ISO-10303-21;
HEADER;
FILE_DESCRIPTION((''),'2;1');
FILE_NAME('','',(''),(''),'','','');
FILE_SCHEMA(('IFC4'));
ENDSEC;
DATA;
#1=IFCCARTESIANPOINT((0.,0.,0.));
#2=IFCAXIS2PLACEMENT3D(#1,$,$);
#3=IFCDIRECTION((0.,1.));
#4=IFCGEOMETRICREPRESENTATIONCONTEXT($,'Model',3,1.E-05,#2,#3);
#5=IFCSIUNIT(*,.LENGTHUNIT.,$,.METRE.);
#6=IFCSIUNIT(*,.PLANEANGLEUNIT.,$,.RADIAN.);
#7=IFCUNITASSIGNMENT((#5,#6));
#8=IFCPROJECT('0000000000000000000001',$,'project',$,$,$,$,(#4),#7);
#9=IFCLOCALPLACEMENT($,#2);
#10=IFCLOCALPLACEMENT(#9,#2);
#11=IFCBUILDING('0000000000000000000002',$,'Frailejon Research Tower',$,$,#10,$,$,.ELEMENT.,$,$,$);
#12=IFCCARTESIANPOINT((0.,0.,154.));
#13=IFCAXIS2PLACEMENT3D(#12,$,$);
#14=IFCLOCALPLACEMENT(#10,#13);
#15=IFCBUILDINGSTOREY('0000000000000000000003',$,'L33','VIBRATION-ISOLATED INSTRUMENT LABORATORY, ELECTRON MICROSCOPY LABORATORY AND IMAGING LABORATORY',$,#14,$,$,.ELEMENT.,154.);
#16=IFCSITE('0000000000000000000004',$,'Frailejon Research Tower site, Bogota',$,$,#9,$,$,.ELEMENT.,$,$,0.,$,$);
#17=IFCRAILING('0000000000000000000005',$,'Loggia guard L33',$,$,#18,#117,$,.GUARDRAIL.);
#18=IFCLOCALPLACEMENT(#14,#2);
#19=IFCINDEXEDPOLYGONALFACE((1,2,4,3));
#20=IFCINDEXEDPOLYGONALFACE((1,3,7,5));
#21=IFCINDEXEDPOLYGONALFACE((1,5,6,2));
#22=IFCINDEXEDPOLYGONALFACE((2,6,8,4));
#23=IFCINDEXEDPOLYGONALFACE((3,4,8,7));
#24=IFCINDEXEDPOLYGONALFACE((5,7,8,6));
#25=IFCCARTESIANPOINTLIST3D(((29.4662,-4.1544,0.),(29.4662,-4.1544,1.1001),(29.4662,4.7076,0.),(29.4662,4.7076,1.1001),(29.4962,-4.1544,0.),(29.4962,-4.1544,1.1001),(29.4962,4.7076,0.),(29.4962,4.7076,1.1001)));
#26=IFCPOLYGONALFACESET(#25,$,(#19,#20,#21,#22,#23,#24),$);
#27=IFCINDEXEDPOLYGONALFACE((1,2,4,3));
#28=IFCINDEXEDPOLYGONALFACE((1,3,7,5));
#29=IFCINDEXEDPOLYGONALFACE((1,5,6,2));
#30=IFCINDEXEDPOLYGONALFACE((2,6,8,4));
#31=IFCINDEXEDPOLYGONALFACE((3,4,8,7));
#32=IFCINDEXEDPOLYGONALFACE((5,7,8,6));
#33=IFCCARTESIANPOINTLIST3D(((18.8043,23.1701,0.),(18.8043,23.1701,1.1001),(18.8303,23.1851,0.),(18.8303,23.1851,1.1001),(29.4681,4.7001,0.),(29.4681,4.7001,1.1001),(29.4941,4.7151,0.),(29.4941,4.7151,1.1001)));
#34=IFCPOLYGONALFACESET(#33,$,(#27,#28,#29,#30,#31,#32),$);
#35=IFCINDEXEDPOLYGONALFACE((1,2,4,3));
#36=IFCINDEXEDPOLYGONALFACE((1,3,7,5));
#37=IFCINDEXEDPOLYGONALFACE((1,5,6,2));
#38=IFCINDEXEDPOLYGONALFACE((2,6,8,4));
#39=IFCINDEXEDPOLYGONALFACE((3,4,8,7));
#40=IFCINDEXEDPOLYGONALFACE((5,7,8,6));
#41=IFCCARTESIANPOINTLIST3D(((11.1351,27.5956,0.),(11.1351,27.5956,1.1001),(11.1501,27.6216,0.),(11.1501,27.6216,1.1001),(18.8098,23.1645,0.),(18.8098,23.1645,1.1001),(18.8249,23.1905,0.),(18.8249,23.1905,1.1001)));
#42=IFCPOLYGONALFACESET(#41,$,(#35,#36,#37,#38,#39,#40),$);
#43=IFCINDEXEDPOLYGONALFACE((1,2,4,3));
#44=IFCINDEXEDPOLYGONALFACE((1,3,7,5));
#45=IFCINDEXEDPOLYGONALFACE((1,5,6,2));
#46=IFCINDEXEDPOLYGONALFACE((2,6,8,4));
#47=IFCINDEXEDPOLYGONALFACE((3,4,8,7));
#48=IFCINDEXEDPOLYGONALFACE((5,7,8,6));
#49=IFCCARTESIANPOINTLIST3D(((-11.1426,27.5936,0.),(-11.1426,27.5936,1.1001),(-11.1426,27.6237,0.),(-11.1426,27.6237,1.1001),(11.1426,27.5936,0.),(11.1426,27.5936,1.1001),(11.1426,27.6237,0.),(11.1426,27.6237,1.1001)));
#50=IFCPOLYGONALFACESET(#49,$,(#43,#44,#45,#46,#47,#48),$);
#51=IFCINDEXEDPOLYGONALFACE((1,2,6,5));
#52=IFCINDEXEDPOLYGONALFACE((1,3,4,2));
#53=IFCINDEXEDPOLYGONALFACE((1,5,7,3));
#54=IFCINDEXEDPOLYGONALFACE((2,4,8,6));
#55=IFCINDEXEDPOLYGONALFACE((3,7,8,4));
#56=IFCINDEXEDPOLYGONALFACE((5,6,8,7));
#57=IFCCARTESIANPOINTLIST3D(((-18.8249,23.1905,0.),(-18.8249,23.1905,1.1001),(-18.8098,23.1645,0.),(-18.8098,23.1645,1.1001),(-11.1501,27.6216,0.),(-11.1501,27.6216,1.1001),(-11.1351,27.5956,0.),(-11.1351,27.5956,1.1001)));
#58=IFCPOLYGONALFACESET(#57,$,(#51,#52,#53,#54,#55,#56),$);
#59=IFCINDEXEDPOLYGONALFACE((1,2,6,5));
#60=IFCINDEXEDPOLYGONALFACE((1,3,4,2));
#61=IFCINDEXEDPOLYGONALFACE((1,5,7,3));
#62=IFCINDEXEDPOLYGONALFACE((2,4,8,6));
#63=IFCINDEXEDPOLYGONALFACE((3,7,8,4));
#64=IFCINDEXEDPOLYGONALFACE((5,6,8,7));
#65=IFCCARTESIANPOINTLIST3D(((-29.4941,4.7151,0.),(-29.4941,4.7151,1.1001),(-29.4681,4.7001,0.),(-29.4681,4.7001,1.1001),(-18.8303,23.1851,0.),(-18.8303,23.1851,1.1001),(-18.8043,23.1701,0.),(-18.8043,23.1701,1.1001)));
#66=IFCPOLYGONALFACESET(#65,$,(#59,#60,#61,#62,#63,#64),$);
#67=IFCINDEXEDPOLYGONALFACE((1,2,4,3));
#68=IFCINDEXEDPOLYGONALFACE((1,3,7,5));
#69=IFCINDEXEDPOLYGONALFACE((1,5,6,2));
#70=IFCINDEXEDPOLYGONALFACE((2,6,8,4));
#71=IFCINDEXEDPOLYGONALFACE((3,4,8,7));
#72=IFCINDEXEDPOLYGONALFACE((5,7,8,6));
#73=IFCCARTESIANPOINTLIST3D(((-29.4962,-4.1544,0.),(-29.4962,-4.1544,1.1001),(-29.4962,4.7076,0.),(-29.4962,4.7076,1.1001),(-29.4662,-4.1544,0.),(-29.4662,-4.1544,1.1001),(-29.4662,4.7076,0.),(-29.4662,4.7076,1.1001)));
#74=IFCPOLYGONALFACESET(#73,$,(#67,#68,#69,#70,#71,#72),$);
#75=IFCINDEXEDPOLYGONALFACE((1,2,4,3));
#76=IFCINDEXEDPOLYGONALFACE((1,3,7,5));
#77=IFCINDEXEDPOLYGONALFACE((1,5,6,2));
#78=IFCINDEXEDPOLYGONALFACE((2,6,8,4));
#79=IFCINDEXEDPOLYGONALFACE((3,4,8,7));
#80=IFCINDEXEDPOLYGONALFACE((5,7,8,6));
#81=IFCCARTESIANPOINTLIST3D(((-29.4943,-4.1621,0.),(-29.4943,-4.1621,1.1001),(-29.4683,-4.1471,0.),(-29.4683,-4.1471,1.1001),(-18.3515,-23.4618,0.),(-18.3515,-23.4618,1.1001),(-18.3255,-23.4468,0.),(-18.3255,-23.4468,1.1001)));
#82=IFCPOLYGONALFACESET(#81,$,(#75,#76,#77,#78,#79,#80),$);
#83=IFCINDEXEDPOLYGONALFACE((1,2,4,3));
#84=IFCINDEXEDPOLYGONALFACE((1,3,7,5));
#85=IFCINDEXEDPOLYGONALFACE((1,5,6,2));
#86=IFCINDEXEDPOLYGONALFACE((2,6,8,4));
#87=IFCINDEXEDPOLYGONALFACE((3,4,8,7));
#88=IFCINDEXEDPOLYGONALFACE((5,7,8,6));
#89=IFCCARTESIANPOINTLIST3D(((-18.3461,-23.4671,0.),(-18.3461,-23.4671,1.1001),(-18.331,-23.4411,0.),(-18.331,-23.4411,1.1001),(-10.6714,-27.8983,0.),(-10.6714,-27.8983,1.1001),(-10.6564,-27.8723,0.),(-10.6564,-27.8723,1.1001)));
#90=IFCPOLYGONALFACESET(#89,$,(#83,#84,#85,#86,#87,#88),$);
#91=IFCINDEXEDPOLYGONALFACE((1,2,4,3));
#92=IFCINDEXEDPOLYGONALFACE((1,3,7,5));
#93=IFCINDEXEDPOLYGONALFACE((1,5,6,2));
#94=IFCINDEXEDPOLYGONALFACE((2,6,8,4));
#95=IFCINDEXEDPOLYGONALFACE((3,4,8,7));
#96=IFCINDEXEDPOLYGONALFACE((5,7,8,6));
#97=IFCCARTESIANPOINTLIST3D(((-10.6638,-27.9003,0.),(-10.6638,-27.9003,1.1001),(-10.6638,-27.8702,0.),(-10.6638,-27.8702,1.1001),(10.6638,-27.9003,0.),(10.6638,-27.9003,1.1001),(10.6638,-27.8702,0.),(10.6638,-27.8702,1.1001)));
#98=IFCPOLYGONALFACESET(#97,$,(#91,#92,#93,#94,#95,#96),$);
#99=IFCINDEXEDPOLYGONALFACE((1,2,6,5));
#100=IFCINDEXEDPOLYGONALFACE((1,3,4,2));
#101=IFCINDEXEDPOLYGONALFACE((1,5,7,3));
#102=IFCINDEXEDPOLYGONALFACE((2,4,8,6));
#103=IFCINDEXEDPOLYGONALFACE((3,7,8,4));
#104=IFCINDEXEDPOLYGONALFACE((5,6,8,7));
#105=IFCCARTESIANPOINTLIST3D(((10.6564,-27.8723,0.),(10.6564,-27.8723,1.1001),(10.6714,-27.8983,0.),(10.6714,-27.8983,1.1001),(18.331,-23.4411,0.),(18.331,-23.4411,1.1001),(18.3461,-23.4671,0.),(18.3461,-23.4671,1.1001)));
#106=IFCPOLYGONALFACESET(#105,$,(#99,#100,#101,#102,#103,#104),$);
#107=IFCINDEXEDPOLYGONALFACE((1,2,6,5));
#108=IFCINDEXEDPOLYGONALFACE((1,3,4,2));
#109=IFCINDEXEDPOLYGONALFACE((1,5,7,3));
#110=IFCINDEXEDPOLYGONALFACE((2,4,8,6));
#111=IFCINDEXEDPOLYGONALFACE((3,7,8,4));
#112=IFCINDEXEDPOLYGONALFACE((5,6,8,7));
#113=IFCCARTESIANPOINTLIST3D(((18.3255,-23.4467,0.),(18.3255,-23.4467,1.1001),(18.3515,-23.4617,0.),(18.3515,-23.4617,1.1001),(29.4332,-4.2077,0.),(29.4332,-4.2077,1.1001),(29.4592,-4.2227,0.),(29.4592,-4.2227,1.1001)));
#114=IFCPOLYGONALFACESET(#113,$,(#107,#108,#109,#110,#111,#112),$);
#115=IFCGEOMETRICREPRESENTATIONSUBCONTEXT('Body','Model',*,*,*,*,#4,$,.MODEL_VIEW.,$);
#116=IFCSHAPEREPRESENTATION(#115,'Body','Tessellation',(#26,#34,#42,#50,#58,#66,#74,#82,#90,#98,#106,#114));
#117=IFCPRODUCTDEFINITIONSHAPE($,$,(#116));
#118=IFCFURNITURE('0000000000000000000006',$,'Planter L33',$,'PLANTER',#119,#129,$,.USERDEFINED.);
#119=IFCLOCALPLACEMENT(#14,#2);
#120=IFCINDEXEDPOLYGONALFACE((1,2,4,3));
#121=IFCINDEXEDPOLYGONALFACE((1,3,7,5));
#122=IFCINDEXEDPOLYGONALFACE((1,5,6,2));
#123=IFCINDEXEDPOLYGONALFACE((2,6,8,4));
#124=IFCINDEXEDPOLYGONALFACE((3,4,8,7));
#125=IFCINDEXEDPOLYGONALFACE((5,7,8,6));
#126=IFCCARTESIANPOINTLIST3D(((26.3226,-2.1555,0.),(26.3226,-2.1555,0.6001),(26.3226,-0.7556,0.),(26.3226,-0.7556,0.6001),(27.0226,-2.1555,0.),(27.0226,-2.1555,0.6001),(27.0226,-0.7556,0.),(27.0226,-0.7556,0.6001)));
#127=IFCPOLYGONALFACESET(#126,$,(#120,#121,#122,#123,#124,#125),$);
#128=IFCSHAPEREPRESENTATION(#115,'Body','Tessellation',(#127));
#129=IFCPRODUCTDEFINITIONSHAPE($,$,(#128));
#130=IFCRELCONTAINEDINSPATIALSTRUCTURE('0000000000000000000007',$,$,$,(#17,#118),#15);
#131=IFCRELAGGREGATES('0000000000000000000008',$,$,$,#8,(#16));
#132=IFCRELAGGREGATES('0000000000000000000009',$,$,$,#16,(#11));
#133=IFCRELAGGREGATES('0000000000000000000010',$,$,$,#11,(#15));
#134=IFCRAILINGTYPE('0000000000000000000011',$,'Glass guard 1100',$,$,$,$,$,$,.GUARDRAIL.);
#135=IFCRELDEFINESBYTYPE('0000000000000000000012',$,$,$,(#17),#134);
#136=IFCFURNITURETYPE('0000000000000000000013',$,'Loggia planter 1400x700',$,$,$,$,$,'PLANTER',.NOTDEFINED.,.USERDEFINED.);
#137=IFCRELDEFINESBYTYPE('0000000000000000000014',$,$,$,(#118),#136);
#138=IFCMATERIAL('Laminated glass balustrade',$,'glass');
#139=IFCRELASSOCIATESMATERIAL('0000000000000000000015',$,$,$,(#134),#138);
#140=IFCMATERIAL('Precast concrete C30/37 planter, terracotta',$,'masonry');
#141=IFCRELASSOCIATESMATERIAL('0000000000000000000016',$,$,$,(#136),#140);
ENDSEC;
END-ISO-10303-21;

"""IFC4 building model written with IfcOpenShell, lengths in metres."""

from ifc_helpers import new_model, si_unit, direction, frame, origin, origin_2d, place, context, subcontext, project, spatial, rectangle, extrude, material, type_object, element, save


model = new_model("IFC4")

# Units and contexts
model_context = context("Model", 3, precision=1e-05, world=origin(), true_north=direction((0.0, 1.0)))
body_context = subcontext(model_context, "Body", "Model", "MODEL_VIEW")
ifc_project = project(units=[si_unit("LENGTHUNIT", "METRE"), si_unit("PLANEANGLEUNIT", "RADIAN")], contexts=[model_context])

# Site, building, storey
site_placement = place(None, origin())
site = spatial("IfcSite", under=ifc_project, at=site_placement, Name="Frailejon Research Tower site, Bogota", CompositionType="ELEMENT", RefElevation=0.0)
building_placement = place(site_placement, origin())
building = spatial("IfcBuilding", under=site, at=building_placement, Name="Frailejon Research Tower", CompositionType="ELEMENT")
storey_placement = place(building_placement, frame((0.0, 0.0, 154.0)))
storey = spatial("IfcBuildingStorey", under=building, at=storey_placement, Name="L33", Description="VIBRATION-ISOLATED INSTRUMENT LABORATORY, ELECTRON MICROSCOPY LABORATORY AND IMAGING LABORATORY", CompositionType="ELEMENT", Elevation=154.0)

# Railing
ifc_material_1 = material(Name="Laminated glass balustrade", Category="glass")
railing_type = type_object("IfcRailingType", Name="Glass guard 1100", PredefinedType="GUARDRAIL", material=ifc_material_1)
railing_placement = place(storey_placement, frame((29.4812, -4.1545, 0.0)))
element("IfcRailing", 1, at=railing_placement, inside=storey, type_object=railing_type, Name="Loggia guard L33", PredefinedType="GUARDRAIL", context=body_context, shape_type="SweptSolid", body=[
    extrude(rectangle(XDim=8.8621, YDim=0.03, at=origin_2d()), frame((0.0, 4.4312, 0.0), z_axis=(0.0, 0.0, 1.0), x_axis=(0.0, 1.0, 0.0)), (0.0, 0.0, 1.0), 1.1001),
    extrude(rectangle(XDim=21.3274, YDim=0.03, at=origin_2d()), frame((-5.332, 18.0972, 0.0), z_axis=(0.0, 0.0, 1.0), x_axis=(-0.500006, 0.866022, 0.0)), (0.0, 0.0, 1.0), 1.1001),
    extrude(rectangle(XDim=8.8621, YDim=0.03, at=origin_2d()), frame((-14.5012, 29.5476, 0.0), z_axis=(0.0, 0.0, 1.0), x_axis=(-0.86602, 0.500009, 0.0)), (0.0, 0.0, 1.0), 1.1001),
    extrude(rectangle(XDim=22.2852, YDim=0.03, at=origin_2d()), frame((-29.4812, 31.7632, 0.0), z_axis=(0.0, 0.0, 1.0), x_axis=(-1.0, 0.0, 0.0)), (0.0, 0.0, 1.0), 1.1001),
    extrude(rectangle(XDim=8.8621, YDim=0.03, at=origin_2d()), frame((-44.4612, 29.5476, 0.0), z_axis=(0.0, 0.0, 1.0), x_axis=(-0.86602, -0.500009, 0.0)), (0.0, 0.0, 1.0), 1.1001),
    extrude(rectangle(XDim=21.3274, YDim=0.03, at=origin_2d()), frame((-53.6304, 18.0972, 0.0), z_axis=(0.0, 0.0, 1.0), x_axis=(-0.500006, -0.866022, 0.0)), (0.0, 0.0, 1.0), 1.1001),
    extrude(rectangle(XDim=8.8621, YDim=0.03, at=origin_2d()), frame((-58.9624, 4.4312, 0.0), z_axis=(0.0, 0.0, 1.0), x_axis=(0.0, -1.0, 0.0)), (0.0, 0.0, 1.0), 1.1001),
    extrude(rectangle(XDim=22.2854, YDim=0.03, at=origin_2d()), frame((-53.3911, -9.6499, 0.0), z_axis=(0.0, 0.0, 1.0), x_axis=(0.500007, -0.866021, 0.0)), (0.0, 0.0, 1.0), 1.1001),
    extrude(rectangle(XDim=8.8621, YDim=0.03, at=origin_2d()), frame((-43.9824, -21.5151, 0.0), z_axis=(0.0, 0.0, 1.0), x_axis=(0.866014, -0.500021, 0.0)), (0.0, 0.0, 1.0), 1.1001),
    extrude(rectangle(XDim=21.3276, YDim=0.03, at=origin_2d()), frame((-29.4812, -23.7307, 0.0), z_axis=(0.0, 0.0, 1.0), x_axis=(1.0, 0.0, 0.0)), (0.0, 0.0, 1.0), 1.1001),
    extrude(rectangle(XDim=8.8621, YDim=0.03, at=origin_2d()), frame((-14.98, -21.5151, 0.0), z_axis=(0.0, 0.0, 1.0), x_axis=(0.866014, 0.500021, 0.0)), (0.0, 0.0, 1.0), 1.1001),
    extrude(rectangle(XDim=22.2153, YDim=0.03, at=origin_2d()), frame((-5.5889, -9.6802, 0.0), z_axis=(0.0, 0.0, 1.0), x_axis=(0.500001, 0.866025, 0.0)), (0.0, 0.0, 1.0), 1.1001),
])

# Furniture
ifc_material_2 = material(Name="Precast concrete C30/37 planter, terracotta", Category="masonry")
furniture_type = type_object("IfcFurnitureType", Name="Loggia planter 1400x700", ElementType="PLANTER", AssemblyPlace="NOTDEFINED", PredefinedType="USERDEFINED", material=ifc_material_2)
furniture_placement = place(storey_placement, frame((26.6726, -1.4556, 0.0), z_axis=(0.0, 0.0, 1.0), x_axis=(0.0, 1.0, 0.0)))
element("IfcFurniture", 2, at=furniture_placement, inside=storey, type_object=furniture_type, Name="Planter L33", ObjectType="PLANTER", PredefinedType="USERDEFINED", context=body_context, shape_type="SweptSolid", body=[
    extrude(rectangle(XDim=1.3999, YDim=0.7, at=origin_2d()), origin(), (0.0, 0.0, 1.0), 0.6001),
])

save(model, "model.ifc")
